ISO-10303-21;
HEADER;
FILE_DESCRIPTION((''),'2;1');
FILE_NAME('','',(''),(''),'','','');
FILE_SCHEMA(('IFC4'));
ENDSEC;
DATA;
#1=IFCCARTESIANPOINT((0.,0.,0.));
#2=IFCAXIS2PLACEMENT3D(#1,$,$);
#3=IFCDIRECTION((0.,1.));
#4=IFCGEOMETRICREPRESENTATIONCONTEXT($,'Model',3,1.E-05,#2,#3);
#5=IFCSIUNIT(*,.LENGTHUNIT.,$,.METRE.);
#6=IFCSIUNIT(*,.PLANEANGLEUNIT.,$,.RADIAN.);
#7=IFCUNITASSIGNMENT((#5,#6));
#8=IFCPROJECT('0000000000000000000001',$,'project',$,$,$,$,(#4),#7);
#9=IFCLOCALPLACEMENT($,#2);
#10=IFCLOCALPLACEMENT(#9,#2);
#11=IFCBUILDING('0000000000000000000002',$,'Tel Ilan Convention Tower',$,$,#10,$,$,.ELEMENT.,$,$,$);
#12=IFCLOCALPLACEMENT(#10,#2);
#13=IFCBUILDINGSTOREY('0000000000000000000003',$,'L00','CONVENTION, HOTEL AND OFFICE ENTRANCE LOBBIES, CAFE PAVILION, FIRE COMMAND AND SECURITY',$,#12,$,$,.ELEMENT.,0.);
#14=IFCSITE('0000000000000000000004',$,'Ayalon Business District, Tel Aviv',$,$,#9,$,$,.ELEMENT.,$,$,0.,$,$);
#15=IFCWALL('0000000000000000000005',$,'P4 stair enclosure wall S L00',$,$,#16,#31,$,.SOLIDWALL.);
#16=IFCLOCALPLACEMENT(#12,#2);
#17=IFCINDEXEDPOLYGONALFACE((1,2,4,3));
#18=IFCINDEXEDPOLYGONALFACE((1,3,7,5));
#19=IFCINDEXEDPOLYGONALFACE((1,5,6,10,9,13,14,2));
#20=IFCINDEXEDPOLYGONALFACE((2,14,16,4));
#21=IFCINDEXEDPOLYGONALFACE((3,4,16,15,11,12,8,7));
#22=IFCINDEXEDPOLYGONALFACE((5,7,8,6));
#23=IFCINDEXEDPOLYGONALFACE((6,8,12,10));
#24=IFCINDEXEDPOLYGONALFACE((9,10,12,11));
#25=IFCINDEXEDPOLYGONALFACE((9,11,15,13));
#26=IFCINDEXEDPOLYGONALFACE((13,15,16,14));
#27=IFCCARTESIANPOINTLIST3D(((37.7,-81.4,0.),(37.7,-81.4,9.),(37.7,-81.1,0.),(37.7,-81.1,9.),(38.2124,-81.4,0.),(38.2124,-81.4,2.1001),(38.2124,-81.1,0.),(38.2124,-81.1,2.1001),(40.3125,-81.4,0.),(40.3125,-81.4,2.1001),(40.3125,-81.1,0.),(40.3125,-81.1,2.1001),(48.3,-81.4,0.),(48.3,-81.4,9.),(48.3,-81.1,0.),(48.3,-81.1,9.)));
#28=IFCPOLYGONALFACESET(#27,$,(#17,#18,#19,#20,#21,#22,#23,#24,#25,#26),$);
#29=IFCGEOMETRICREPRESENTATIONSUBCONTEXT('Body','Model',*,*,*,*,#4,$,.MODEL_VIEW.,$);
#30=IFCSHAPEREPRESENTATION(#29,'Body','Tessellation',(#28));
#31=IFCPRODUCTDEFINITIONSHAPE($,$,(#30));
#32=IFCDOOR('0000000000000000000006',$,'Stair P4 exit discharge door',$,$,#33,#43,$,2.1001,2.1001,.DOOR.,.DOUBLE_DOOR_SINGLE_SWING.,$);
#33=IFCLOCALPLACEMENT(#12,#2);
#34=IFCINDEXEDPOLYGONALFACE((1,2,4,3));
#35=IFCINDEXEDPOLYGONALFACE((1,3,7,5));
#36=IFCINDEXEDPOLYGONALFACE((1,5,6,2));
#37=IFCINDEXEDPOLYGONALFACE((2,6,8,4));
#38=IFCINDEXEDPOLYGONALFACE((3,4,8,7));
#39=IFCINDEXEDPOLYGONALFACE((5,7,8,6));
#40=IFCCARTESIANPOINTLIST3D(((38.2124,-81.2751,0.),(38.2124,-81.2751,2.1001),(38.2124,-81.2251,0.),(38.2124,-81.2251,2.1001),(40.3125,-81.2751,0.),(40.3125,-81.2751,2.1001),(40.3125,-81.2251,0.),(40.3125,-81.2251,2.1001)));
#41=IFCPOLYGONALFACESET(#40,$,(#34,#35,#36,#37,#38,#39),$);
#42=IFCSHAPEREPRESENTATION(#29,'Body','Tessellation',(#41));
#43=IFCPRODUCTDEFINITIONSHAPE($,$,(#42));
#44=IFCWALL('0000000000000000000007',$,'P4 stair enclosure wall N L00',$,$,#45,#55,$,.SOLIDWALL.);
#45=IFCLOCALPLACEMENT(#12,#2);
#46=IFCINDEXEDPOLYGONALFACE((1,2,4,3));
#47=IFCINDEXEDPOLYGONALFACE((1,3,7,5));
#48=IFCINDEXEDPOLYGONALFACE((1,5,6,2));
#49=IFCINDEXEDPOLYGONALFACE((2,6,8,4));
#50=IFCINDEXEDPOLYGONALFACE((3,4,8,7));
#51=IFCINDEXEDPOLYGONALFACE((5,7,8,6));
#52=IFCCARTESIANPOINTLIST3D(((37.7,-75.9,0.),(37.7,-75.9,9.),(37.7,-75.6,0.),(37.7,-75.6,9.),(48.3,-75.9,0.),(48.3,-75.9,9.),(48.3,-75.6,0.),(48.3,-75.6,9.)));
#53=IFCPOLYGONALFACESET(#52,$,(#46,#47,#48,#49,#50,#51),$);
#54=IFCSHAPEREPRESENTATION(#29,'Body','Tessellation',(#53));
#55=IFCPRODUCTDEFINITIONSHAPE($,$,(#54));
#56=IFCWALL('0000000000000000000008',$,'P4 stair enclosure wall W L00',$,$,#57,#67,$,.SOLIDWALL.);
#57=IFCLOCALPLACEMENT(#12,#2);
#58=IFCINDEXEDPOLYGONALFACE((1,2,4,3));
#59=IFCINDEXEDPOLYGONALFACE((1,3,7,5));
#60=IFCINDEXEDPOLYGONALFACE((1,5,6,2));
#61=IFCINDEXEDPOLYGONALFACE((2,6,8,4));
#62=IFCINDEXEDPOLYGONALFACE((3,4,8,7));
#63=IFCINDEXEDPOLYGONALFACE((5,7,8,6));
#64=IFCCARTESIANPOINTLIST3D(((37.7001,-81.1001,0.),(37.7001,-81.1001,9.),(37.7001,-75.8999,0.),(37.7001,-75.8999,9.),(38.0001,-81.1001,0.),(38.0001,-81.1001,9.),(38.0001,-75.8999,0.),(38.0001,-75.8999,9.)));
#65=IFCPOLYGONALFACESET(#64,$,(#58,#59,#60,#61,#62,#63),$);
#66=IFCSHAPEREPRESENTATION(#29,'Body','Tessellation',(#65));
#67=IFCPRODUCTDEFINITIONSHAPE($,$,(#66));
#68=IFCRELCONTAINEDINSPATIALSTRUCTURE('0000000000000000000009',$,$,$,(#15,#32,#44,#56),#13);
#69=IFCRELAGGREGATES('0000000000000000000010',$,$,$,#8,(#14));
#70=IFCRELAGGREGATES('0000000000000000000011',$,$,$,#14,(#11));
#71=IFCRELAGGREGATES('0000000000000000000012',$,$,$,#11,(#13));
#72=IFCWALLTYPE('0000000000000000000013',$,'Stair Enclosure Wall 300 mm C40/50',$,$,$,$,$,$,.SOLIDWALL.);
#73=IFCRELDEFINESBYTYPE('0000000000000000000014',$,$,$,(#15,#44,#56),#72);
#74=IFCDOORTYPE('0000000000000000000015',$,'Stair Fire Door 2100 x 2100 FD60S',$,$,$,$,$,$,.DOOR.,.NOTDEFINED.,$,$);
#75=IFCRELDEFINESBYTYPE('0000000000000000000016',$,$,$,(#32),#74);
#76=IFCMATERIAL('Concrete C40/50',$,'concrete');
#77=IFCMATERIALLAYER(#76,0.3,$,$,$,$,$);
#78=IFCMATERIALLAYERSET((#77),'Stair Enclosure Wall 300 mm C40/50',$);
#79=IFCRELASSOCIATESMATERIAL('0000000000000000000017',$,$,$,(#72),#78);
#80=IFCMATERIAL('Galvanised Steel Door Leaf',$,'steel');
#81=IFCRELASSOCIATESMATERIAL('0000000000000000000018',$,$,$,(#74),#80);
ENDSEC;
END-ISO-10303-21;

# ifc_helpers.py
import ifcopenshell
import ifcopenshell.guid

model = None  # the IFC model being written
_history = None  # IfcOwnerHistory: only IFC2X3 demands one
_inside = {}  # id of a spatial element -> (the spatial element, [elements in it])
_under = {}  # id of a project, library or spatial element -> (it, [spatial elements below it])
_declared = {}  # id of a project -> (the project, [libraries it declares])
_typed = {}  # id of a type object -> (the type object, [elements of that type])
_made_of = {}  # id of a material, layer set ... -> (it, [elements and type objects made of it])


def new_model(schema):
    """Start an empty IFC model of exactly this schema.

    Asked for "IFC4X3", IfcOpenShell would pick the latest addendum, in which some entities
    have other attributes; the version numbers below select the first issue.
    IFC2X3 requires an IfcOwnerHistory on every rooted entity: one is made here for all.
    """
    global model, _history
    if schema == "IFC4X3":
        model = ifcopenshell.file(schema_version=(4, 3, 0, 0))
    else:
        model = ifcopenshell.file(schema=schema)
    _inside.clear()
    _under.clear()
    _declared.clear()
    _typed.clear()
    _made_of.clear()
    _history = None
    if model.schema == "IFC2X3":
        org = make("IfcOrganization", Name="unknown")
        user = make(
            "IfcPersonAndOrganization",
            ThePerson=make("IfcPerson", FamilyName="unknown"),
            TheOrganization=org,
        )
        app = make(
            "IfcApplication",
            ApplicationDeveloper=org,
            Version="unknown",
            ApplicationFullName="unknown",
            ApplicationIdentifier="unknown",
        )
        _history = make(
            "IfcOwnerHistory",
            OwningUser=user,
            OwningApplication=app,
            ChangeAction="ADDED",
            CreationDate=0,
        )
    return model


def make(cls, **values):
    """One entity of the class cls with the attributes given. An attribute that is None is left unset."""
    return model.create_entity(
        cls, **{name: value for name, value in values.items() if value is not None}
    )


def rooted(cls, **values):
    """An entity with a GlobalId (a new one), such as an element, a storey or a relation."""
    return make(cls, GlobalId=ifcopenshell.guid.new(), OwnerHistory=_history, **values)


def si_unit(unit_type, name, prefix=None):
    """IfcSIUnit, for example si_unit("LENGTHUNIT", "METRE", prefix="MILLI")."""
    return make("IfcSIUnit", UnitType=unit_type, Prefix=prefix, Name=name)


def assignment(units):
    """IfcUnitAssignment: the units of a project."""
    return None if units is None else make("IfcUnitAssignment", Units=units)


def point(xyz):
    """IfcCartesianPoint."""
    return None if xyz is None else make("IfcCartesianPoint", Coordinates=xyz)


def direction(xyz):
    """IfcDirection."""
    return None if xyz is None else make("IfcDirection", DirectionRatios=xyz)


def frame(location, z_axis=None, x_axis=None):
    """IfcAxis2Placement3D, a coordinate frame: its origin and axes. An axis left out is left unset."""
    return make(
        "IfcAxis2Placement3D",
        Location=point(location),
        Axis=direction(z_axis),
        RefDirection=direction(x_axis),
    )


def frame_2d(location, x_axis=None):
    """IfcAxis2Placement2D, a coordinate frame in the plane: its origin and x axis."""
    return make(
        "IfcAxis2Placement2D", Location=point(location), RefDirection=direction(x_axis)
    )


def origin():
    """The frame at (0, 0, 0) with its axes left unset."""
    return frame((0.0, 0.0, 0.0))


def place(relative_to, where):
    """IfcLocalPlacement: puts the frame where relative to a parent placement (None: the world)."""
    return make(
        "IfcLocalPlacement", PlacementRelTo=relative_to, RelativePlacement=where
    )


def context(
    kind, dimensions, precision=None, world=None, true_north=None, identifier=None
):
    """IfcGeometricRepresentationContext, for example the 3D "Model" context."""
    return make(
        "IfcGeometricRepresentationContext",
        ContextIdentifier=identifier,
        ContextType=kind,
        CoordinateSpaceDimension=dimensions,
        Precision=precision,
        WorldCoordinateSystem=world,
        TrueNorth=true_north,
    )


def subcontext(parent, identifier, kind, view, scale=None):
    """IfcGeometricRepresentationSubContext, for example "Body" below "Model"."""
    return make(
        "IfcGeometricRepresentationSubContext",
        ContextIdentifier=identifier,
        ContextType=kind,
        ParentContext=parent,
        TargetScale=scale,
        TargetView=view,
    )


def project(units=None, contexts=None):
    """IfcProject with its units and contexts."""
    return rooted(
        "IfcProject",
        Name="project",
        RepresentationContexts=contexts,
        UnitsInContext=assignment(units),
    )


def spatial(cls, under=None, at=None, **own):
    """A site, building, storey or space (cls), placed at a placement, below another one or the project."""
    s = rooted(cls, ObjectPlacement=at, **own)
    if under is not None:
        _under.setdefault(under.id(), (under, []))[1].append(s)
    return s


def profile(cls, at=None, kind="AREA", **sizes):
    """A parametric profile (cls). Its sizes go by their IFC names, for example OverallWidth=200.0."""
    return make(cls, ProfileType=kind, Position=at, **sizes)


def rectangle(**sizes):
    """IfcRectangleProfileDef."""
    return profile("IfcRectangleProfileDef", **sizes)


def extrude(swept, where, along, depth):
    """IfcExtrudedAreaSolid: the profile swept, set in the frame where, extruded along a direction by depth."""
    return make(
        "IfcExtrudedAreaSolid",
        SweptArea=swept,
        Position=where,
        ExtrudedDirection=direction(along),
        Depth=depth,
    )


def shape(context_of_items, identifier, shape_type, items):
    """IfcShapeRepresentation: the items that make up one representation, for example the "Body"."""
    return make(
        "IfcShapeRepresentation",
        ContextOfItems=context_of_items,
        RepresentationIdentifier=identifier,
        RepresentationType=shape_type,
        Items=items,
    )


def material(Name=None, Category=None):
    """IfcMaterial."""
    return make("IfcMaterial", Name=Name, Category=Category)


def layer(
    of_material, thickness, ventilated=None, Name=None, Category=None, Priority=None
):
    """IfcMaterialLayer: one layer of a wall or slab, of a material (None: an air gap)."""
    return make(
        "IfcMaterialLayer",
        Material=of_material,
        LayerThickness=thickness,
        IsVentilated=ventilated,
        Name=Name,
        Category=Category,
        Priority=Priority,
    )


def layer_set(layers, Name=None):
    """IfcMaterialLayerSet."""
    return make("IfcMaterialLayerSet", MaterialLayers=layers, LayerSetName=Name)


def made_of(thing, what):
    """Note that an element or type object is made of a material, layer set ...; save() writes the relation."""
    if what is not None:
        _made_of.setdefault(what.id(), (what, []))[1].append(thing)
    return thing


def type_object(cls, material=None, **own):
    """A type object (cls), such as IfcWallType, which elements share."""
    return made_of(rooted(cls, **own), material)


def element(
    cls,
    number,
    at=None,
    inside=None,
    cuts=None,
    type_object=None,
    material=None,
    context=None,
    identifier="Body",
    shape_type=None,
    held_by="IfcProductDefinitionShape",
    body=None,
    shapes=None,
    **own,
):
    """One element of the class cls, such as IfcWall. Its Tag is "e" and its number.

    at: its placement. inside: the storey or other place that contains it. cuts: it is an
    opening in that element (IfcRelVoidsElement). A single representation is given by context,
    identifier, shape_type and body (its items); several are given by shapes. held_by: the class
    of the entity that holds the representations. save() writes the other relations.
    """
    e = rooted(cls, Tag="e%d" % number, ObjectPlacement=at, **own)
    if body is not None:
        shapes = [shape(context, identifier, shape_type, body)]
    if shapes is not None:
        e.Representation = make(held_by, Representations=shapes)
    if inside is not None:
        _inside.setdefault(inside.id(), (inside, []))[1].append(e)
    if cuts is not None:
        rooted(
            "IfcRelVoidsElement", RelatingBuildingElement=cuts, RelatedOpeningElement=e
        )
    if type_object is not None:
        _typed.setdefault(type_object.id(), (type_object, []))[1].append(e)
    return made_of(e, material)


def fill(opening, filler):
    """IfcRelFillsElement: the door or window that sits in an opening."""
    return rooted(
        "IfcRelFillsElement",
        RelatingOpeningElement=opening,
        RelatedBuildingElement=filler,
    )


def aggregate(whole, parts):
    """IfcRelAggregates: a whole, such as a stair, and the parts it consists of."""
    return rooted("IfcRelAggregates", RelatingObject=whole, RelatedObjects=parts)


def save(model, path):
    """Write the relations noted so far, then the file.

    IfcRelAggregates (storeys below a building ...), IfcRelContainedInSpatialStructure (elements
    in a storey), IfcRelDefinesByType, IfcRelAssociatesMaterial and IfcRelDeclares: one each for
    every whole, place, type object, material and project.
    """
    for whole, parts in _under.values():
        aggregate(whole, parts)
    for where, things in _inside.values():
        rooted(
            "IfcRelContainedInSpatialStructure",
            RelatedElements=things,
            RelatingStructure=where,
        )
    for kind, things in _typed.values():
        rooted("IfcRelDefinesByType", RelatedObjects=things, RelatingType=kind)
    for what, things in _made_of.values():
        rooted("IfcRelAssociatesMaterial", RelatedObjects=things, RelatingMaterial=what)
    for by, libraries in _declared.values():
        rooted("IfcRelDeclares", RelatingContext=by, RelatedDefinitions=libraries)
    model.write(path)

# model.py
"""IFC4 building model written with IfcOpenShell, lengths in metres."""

from ifc_helpers import new_model, si_unit, direction, frame, frame_2d, origin, place, context, subcontext, project, spatial, rectangle, extrude, material, layer, layer_set, type_object, element, fill, save


model = new_model("IFC4")

# Units and contexts
model_context = context("Model", 3, precision=1e-05, world=origin(), true_north=direction((0.0, 1.0)))
body_context = subcontext(model_context, "Body", "Model", "MODEL_VIEW")
ifc_project = project(units=[si_unit("LENGTHUNIT", "METRE"), si_unit("PLANEANGLEUNIT", "RADIAN")], contexts=[model_context])

# Site, building, storey
site_placement = place(None, origin())
site = spatial("IfcSite", under=ifc_project, at=site_placement, Name="Ayalon Business District, Tel Aviv", CompositionType="ELEMENT", RefElevation=0.0)
building_placement = place(site_placement, origin())
building = spatial("IfcBuilding", under=site, at=building_placement, Name="Tel Ilan Convention Tower", CompositionType="ELEMENT")
storey_placement = place(building_placement, origin())
storey = spatial("IfcBuildingStorey", under=building, at=storey_placement, Name="L00", Description="CONVENTION, HOTEL AND OFFICE ENTRANCE LOBBIES, CAFE PAVILION, FIRE COMMAND AND SECURITY", CompositionType="ELEMENT", Elevation=0.0)

# Shared definitions
ifc_material_1 = material(Name="Concrete C40/50", Category="concrete")
ifc_layer = layer(ifc_material_1, 0.3)
ifc_layer_set = layer_set([ifc_layer], Name="Stair Enclosure Wall 300 mm C40/50")
wall_type = type_object("IfcWallType", Name="Stair Enclosure Wall 300 mm C40/50", PredefinedType="SOLIDWALL", material=ifc_layer_set)

# Wall, opening, door
wall_1_placement = place(storey_placement, frame((37.7, -81.25, 0.0), z_axis=(0.0, 0.0, 1.0), x_axis=(1.0, 0.0, 0.0)))
wall_1 = element("IfcWall", 1, at=wall_1_placement, inside=storey, type_object=wall_type, Name="P4 stair enclosure wall S L00", PredefinedType="SOLIDWALL", context=body_context, shape_type="SweptSolid", body=[
    extrude(rectangle(XDim=10.6001, YDim=0.3, at=frame_2d((5.3, 0.0))), origin(), (0.0, 0.0, 1.0), 9.0),
])
opening_placement = place(wall_1_placement, frame((0.5125, 0.0, 0.0)))
opening = element("IfcOpeningElement", 2, at=opening_placement, cuts=wall_1, PredefinedType="OPENING", context=body_context, shape_type="SweptSolid", body=[
    extrude(rectangle(XDim=2.1001, YDim=2.1001, at=frame_2d((1.05, 1.05))), frame((0.0, 0.1599, 0.0), z_axis=(0.0, -1.0, 0.0), x_axis=(1.0, 0.0, 0.0)), (0.0, 0.0, 1.0), 0.3201),
])
ifc_material_2 = material(Name="Galvanised Steel Door Leaf", Category="steel")
door_type = type_object("IfcDoorType", Name="Stair Fire Door 2100 x 2100 FD60S", OperationType="NOTDEFINED", PredefinedType="DOOR", material=ifc_material_2)
door_placement = place(opening_placement, origin())
door = element("IfcDoor", 3, at=door_placement, inside=storey, type_object=door_type, Name="Stair P4 exit discharge door", OperationType="DOUBLE_DOOR_SINGLE_SWING", OverallHeight=2.1001, OverallWidth=2.1001, PredefinedType="DOOR", context=body_context, shape_type="SweptSolid", body=[
    extrude(rectangle(XDim=2.1001, YDim=2.1001, at=frame_2d((1.05, 1.05))), frame((0.0, 0.0249, 0.0), z_axis=(0.0, -1.0, 0.0), x_axis=(1.0, 0.0, 0.0)), (0.0, 0.0, 1.0), 0.05),
])
fill(opening, door)

# Walls
wall_2_placement = place(storey_placement, frame((37.7, -75.75, 0.0), z_axis=(0.0, 0.0, 1.0), x_axis=(1.0, 0.0, 0.0)))
element("IfcWall", 4, at=wall_2_placement, inside=storey, type_object=wall_type, Name="P4 stair enclosure wall N L00", PredefinedType="SOLIDWALL", context=body_context, shape_type="SweptSolid", body=[
    extrude(rectangle(XDim=10.6001, YDim=0.3, at=frame_2d((5.3, 0.0))), origin(), (0.0, 0.0, 1.0), 9.0),
])
wall_3_placement = place(storey_placement, frame((37.8501, -81.1001, 0.0), z_axis=(0.0, 0.0, 1.0), x_axis=(0.0, 1.0, 0.0)))
element("IfcWall", 5, at=wall_3_placement, inside=storey, type_object=wall_type, Name="P4 stair enclosure wall W L00", PredefinedType="SOLIDWALL", context=body_context, shape_type="SweptSolid", body=[
    extrude(rectangle(XDim=5.2002, YDim=0.3, at=frame_2d((2.6001, 0.0))), origin(), (0.0, 0.0, 1.0), 9.0),
])

save(model, "model.ifc")
